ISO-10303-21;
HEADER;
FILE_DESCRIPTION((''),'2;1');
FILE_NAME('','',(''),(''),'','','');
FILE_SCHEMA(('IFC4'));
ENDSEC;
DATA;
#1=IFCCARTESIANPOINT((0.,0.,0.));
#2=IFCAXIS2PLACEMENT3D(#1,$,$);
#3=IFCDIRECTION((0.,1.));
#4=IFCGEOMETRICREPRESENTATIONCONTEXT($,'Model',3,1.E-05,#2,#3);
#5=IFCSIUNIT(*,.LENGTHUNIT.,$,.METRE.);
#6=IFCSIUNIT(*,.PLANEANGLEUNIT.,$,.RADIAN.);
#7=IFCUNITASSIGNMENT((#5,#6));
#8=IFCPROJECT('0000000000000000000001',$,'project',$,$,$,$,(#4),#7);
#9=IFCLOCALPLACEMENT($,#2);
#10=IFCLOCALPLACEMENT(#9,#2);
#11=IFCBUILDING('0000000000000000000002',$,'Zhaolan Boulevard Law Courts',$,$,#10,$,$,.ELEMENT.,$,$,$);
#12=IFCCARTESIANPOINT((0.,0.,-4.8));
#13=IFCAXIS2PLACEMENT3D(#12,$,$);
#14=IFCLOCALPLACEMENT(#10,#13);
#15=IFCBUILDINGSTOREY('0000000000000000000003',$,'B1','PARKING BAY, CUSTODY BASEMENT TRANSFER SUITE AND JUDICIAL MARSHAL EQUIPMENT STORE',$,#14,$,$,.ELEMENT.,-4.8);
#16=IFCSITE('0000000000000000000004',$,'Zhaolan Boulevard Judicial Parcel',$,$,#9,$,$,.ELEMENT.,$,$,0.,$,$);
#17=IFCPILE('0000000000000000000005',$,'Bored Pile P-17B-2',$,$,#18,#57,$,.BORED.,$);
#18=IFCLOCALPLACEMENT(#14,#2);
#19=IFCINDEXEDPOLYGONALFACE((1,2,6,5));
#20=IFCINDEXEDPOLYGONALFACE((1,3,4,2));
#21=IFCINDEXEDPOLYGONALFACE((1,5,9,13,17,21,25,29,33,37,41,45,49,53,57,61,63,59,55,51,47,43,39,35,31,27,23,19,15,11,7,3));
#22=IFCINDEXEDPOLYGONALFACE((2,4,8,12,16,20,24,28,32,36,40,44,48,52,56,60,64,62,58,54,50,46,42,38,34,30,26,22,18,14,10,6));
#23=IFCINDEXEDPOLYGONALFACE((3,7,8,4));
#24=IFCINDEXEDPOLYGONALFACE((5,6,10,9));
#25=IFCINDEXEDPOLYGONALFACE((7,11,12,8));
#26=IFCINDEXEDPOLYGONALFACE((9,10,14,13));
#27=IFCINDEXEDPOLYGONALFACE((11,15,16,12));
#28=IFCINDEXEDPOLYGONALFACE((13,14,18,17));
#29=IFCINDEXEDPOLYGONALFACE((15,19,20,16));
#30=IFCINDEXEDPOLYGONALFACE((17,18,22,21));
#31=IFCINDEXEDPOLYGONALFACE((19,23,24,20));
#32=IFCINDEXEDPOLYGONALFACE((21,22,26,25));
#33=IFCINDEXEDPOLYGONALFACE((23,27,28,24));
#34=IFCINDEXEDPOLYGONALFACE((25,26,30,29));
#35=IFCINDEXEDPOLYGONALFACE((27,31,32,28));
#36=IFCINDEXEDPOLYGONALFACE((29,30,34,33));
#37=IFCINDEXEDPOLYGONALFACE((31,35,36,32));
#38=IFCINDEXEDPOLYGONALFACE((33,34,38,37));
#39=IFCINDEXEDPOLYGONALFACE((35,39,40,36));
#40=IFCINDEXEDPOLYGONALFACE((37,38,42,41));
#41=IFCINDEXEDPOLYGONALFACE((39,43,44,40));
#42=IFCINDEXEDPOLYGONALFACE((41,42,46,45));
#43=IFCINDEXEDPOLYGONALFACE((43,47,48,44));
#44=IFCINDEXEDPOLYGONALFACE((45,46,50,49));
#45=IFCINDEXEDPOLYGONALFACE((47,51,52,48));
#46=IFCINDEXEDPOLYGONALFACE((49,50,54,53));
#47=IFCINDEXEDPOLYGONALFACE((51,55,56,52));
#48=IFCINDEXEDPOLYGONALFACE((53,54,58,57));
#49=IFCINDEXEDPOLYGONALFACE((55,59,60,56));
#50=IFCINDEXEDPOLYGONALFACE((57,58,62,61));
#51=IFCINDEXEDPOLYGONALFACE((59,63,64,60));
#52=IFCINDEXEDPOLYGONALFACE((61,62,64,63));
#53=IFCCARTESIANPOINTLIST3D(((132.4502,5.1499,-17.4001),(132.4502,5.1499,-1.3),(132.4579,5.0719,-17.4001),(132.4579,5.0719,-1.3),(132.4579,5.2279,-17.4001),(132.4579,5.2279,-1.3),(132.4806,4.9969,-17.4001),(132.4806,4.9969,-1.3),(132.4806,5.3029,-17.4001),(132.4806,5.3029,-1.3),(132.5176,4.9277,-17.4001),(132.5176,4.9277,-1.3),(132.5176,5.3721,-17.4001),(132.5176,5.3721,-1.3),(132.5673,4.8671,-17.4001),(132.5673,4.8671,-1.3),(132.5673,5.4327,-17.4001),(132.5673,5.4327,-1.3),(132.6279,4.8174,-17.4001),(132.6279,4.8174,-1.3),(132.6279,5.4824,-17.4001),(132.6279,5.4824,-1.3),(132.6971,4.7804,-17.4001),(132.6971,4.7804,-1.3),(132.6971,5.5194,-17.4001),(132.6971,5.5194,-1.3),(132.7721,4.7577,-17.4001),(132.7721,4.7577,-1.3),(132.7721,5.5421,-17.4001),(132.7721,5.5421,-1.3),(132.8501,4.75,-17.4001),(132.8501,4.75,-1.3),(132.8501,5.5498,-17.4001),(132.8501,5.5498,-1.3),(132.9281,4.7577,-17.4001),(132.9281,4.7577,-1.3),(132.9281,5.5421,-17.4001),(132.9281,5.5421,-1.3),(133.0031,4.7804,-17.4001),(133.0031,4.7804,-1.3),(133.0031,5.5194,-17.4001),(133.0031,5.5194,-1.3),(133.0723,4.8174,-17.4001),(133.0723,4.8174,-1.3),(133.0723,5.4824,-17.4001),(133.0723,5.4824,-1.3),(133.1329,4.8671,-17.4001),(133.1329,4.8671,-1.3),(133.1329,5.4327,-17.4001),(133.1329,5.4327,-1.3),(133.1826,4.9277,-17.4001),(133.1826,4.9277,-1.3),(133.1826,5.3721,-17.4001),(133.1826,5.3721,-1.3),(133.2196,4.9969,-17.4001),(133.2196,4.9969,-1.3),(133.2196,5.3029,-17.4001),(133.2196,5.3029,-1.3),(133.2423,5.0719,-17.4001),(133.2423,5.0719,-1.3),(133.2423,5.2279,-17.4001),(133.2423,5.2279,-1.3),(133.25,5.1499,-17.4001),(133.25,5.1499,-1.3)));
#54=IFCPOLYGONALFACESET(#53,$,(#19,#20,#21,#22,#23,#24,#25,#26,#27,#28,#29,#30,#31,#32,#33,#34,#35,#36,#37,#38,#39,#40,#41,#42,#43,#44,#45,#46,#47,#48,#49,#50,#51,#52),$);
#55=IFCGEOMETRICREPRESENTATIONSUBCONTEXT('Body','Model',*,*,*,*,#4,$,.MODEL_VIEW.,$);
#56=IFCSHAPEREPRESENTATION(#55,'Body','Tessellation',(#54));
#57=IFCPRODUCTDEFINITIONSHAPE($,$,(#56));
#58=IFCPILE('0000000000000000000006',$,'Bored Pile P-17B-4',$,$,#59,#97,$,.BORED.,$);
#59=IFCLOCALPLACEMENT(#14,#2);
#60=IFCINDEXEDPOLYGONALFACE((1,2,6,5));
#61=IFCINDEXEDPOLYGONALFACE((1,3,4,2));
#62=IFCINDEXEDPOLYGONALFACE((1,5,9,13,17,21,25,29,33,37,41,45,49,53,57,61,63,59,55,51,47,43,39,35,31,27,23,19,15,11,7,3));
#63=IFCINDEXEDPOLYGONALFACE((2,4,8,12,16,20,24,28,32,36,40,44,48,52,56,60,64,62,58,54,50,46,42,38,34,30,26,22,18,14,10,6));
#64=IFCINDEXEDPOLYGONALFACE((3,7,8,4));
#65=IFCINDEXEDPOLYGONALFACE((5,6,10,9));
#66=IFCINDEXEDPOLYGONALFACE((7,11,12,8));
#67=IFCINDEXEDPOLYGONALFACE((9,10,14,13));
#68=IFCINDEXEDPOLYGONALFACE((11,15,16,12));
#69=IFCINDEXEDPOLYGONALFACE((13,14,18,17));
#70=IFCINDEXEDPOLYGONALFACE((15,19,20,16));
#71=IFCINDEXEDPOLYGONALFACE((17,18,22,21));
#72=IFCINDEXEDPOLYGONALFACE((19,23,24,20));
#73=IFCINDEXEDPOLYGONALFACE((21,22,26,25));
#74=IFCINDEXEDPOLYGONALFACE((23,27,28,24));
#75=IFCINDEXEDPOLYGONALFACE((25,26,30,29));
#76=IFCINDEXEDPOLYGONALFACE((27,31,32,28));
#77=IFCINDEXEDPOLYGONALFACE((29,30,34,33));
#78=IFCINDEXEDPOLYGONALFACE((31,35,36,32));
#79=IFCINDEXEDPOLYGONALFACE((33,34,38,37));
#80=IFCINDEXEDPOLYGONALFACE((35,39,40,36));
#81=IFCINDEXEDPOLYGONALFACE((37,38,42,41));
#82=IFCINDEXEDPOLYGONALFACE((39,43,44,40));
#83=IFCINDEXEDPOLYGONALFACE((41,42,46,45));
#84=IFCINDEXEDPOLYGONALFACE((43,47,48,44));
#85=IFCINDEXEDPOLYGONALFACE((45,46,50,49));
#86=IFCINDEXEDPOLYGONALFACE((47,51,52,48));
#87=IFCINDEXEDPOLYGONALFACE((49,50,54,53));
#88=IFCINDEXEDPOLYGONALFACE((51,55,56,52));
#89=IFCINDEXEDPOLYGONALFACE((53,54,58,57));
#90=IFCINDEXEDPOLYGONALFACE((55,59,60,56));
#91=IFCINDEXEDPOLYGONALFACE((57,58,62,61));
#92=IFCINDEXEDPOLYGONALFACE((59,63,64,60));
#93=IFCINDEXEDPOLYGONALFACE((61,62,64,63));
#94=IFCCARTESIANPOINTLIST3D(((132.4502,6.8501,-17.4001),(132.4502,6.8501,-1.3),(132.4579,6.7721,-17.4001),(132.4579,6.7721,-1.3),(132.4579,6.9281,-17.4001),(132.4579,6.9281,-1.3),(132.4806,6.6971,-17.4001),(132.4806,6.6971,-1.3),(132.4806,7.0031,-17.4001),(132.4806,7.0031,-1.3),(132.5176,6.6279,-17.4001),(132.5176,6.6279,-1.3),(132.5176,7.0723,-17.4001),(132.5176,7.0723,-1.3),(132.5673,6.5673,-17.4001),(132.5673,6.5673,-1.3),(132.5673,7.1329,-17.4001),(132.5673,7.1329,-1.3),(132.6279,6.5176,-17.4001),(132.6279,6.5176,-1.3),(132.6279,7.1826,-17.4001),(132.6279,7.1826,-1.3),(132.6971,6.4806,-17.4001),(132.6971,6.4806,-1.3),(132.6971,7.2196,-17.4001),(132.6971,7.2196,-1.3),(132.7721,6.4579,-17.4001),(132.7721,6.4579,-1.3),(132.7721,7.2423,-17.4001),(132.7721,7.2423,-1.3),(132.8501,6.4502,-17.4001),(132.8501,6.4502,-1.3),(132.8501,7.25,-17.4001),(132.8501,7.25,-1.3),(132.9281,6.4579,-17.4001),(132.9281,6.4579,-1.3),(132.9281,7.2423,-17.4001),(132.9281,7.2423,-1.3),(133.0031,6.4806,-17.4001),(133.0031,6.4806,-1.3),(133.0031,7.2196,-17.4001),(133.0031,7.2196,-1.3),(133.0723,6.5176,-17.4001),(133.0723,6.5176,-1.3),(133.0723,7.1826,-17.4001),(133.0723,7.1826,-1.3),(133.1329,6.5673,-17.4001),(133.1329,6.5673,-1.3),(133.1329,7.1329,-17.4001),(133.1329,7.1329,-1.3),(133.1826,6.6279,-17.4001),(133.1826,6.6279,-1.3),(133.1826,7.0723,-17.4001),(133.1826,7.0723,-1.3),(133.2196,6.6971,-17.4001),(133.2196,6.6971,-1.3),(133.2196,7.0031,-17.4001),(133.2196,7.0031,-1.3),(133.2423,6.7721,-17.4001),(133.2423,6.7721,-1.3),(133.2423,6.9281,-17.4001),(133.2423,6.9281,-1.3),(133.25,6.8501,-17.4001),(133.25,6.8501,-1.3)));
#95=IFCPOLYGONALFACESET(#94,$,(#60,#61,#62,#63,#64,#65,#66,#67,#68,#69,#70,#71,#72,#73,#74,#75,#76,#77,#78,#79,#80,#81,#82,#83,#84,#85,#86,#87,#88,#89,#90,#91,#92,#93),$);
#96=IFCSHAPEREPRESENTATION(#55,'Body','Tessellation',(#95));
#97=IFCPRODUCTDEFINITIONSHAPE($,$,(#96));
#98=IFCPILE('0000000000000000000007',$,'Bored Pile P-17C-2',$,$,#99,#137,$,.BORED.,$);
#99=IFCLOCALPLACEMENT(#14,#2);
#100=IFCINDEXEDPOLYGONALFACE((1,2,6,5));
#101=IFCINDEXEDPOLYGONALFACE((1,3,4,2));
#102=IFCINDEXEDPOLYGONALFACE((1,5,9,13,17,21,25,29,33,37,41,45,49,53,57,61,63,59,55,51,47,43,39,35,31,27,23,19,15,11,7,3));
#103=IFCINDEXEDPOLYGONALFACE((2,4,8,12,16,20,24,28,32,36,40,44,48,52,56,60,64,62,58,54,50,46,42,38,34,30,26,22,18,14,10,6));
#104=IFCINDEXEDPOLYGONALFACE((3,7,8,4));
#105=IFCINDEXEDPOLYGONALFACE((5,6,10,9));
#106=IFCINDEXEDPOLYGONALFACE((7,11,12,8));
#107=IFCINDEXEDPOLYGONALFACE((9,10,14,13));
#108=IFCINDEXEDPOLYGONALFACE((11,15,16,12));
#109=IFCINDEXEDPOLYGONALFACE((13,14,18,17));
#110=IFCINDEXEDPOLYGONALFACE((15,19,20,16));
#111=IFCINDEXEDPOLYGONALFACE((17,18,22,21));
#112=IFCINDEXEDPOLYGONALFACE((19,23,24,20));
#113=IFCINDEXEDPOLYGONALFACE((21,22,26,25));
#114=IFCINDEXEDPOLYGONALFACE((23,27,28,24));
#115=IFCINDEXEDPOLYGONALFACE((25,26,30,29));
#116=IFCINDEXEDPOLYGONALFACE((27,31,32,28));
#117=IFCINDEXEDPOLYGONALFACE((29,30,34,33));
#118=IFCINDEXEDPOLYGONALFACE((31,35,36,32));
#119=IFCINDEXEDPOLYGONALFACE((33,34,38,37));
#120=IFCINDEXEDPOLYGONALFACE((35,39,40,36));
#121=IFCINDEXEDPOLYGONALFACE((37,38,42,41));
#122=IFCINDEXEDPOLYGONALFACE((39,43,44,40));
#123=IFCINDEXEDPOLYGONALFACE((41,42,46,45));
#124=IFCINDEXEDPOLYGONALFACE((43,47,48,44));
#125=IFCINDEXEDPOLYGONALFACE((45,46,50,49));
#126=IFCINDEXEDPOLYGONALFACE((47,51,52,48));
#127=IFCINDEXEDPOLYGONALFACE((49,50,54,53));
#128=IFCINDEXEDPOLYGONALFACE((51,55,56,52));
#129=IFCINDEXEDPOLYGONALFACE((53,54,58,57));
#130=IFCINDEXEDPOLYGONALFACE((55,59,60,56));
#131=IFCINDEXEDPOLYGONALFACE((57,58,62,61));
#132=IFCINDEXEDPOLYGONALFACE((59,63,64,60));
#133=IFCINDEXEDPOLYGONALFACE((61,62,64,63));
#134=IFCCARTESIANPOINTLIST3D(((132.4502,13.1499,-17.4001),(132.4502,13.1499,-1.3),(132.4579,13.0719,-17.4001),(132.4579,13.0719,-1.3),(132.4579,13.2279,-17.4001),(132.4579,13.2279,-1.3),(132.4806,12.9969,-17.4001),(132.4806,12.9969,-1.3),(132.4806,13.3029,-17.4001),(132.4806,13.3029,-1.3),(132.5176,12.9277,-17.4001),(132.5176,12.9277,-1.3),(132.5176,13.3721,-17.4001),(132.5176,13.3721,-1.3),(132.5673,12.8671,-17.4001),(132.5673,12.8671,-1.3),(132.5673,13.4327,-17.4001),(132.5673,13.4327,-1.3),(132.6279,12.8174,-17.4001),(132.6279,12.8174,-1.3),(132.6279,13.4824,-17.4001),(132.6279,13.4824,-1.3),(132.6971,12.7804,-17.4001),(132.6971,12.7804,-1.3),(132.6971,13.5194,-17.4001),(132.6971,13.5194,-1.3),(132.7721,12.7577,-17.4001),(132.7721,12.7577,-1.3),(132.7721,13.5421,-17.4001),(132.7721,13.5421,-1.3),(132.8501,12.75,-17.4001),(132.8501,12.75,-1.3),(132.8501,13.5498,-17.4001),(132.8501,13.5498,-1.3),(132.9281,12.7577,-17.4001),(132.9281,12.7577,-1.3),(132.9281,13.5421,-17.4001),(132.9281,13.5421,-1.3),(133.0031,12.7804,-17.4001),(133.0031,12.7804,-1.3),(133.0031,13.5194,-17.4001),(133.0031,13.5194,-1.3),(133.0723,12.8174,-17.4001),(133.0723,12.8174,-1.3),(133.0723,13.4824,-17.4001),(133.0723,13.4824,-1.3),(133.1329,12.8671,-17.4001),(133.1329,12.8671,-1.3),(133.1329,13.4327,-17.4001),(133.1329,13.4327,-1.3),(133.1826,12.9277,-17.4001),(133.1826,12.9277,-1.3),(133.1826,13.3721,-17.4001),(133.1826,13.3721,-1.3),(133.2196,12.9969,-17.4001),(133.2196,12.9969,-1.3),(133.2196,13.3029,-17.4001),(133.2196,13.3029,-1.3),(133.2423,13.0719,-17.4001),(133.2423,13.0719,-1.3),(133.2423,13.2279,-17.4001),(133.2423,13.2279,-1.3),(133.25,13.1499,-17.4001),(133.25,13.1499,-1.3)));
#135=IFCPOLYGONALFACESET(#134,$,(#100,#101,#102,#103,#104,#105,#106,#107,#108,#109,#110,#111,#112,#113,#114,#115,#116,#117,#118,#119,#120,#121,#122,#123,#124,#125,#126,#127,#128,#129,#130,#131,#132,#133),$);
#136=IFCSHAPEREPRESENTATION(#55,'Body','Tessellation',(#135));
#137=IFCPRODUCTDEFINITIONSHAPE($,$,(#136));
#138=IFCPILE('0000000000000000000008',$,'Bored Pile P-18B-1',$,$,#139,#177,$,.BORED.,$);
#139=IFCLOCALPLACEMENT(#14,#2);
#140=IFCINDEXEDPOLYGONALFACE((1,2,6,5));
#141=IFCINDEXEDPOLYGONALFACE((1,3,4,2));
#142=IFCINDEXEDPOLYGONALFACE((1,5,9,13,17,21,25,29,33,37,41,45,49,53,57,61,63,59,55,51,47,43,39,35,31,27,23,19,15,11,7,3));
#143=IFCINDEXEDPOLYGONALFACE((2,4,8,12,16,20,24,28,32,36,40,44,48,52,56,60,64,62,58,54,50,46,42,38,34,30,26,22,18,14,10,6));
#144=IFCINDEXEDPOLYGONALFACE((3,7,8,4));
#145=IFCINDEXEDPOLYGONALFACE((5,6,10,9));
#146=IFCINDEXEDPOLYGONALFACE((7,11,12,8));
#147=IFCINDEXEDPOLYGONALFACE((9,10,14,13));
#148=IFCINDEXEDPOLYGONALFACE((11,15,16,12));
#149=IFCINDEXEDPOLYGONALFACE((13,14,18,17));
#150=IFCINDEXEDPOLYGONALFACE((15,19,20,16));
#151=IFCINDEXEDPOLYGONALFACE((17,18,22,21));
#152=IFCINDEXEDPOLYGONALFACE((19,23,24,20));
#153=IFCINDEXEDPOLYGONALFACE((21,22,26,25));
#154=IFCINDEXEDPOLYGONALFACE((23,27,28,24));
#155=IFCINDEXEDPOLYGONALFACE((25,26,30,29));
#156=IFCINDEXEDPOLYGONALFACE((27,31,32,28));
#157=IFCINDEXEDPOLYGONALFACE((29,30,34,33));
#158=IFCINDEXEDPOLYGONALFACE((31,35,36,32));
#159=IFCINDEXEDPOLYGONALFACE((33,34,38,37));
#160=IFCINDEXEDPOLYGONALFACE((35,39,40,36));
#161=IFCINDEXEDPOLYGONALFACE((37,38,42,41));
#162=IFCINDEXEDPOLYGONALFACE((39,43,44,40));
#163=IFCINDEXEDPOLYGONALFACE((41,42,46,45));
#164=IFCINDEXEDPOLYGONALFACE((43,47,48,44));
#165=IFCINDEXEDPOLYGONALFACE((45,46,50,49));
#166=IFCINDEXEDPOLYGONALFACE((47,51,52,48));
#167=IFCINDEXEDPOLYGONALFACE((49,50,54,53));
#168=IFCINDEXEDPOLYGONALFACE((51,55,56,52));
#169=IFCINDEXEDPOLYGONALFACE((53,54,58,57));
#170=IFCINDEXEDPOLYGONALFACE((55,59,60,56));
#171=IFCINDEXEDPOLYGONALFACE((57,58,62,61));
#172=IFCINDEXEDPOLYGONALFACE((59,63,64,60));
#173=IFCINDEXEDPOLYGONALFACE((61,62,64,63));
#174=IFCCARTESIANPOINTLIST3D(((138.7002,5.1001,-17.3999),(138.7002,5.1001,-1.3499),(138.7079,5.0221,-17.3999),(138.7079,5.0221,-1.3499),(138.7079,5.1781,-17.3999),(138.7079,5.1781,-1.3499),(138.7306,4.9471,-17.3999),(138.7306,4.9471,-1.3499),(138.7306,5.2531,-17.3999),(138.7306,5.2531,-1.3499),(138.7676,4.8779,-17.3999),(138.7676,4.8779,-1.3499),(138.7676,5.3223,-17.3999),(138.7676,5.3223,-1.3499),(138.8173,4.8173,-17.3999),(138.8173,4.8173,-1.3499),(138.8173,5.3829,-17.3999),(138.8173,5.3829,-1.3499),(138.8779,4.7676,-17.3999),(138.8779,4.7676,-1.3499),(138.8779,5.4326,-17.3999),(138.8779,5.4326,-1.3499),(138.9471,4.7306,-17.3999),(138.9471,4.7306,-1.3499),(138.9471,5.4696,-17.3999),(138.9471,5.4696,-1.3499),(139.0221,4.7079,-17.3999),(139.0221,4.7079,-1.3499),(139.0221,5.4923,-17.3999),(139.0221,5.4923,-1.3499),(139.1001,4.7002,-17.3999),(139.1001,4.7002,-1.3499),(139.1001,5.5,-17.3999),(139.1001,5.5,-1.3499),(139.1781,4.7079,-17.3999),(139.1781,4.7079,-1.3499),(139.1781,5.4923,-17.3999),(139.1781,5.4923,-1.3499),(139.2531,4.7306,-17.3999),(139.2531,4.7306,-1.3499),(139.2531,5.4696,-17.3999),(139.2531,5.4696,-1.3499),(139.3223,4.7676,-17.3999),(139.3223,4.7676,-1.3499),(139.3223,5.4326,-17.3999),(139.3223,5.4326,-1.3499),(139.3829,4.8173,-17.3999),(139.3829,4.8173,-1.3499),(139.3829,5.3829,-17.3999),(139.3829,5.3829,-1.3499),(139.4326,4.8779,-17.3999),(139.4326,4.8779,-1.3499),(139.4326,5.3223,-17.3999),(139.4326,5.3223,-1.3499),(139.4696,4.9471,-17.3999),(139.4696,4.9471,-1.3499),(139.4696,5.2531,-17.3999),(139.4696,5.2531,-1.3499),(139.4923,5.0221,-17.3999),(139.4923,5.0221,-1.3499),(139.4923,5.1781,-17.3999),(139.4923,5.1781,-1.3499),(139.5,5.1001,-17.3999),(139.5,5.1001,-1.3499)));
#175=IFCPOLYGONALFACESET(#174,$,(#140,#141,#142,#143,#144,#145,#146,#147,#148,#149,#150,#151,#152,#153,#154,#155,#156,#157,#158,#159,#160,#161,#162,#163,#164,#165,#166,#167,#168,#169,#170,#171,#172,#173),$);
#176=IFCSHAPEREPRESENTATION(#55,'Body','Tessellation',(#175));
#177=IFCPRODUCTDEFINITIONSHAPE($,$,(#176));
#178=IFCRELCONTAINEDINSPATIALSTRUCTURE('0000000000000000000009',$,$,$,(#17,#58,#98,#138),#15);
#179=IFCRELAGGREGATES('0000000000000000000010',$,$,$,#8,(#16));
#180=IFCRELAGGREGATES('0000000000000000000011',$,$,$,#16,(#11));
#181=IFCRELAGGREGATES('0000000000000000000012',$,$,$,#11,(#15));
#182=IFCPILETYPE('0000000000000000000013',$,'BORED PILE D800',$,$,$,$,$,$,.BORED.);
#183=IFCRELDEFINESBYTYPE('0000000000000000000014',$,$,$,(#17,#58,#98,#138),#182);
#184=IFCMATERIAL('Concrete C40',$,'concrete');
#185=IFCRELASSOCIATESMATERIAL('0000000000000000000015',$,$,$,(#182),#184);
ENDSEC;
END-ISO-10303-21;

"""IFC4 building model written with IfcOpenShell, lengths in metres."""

from ifc_helpers import new_model, si_unit, direction, frame, origin, origin_2d, place, context, subcontext, project, spatial, circle, extrude, material, material_profile, profile_set, type_object, element, save


model = new_model("IFC4")

# Units and contexts
model_context = context("Model", 3, precision=1e-05, world=origin(), true_north=direction((0.0, 1.0)))
body_context = subcontext(model_context, "Body", "Model", "MODEL_VIEW")
ifc_project = project(units=[si_unit("LENGTHUNIT", "METRE"), si_unit("PLANEANGLEUNIT", "RADIAN")], contexts=[model_context])

# Site, building, storey
site_placement = place(None, origin())
site = spatial("IfcSite", under=ifc_project, at=site_placement, Name="Zhaolan Boulevard Judicial Parcel", CompositionType="ELEMENT", RefElevation=0.0)
building_placement = place(site_placement, origin())
building = spatial("IfcBuilding", under=site, at=building_placement, Name="Zhaolan Boulevard Law Courts", CompositionType="ELEMENT")
storey_placement = place(building_placement, frame((0.0, 0.0, -4.8)))
storey = spatial("IfcBuildingStorey", under=building, at=storey_placement, Name="B1", Description="PARKING BAY, CUSTODY BASEMENT TRANSFER SUITE AND JUDICIAL MARSHAL EQUIPMENT STORE", CompositionType="ELEMENT", Elevation=-4.8)

# Piles
ifc_material_1 = material(Name="Concrete C40", Category="concrete")
ifc_material_profile_1 = material_profile(ifc_material_1, circle(Radius=0.3999, at=origin_2d()), Name="PILE-D800")
ifc_profile_set_1 = profile_set([ifc_material_profile_1], Name="Concrete C40")
pile_type = type_object("IfcPileType", Name="BORED PILE D800", PredefinedType="BORED", material=ifc_profile_set_1)
for number, where, z_axis, x_axis, name in (
    (1, (132.8501, 5.1499, -1.3), (0.0, 0.0, -1.0), (1.0, 0.0, 0.0), "Bored Pile P-17B-2"),
    (2, (132.8501, 6.8501, -1.3), (0.0, 0.0, -1.0), (1.0, 0.0, 0.0), "Bored Pile P-17B-4"),
    (3, (132.8501, 13.1499, -1.3), (0.0, 0.0, -1.0), (1.0, 0.0, 0.0), "Bored Pile P-17C-2"),
):
    element("IfcPile", number, at=place(storey_placement, frame(where, z_axis=z_axis, x_axis=x_axis)), inside=storey, type_object=pile_type, Name=name, PredefinedType="BORED", context=body_context, shape_type="SweptSolid", body=[
        extrude(circle(Radius=0.3999, at=origin_2d()), origin(), (0.0, 0.0, 1.0), 16.1001),
    ])
for number, where, z_axis, x_axis, name in (
    (4, (139.1001, 5.1001, -1.3499), (0.0, 0.0, -1.0), (1.0, 0.0, 0.0), "Bored Pile P-18B-1"),
):
    element("IfcPile", number, at=place(storey_placement, frame(where, z_axis=z_axis, x_axis=x_axis)), inside=storey, type_object=pile_type, Name=name, PredefinedType="BORED", context=body_context, shape_type="SweptSolid", body=[
        extrude(circle(Radius=0.3999, at=origin_2d()), origin(), (0.0, 0.0, 1.0), 16.05),
    ])

save(model, "model.ifc")
